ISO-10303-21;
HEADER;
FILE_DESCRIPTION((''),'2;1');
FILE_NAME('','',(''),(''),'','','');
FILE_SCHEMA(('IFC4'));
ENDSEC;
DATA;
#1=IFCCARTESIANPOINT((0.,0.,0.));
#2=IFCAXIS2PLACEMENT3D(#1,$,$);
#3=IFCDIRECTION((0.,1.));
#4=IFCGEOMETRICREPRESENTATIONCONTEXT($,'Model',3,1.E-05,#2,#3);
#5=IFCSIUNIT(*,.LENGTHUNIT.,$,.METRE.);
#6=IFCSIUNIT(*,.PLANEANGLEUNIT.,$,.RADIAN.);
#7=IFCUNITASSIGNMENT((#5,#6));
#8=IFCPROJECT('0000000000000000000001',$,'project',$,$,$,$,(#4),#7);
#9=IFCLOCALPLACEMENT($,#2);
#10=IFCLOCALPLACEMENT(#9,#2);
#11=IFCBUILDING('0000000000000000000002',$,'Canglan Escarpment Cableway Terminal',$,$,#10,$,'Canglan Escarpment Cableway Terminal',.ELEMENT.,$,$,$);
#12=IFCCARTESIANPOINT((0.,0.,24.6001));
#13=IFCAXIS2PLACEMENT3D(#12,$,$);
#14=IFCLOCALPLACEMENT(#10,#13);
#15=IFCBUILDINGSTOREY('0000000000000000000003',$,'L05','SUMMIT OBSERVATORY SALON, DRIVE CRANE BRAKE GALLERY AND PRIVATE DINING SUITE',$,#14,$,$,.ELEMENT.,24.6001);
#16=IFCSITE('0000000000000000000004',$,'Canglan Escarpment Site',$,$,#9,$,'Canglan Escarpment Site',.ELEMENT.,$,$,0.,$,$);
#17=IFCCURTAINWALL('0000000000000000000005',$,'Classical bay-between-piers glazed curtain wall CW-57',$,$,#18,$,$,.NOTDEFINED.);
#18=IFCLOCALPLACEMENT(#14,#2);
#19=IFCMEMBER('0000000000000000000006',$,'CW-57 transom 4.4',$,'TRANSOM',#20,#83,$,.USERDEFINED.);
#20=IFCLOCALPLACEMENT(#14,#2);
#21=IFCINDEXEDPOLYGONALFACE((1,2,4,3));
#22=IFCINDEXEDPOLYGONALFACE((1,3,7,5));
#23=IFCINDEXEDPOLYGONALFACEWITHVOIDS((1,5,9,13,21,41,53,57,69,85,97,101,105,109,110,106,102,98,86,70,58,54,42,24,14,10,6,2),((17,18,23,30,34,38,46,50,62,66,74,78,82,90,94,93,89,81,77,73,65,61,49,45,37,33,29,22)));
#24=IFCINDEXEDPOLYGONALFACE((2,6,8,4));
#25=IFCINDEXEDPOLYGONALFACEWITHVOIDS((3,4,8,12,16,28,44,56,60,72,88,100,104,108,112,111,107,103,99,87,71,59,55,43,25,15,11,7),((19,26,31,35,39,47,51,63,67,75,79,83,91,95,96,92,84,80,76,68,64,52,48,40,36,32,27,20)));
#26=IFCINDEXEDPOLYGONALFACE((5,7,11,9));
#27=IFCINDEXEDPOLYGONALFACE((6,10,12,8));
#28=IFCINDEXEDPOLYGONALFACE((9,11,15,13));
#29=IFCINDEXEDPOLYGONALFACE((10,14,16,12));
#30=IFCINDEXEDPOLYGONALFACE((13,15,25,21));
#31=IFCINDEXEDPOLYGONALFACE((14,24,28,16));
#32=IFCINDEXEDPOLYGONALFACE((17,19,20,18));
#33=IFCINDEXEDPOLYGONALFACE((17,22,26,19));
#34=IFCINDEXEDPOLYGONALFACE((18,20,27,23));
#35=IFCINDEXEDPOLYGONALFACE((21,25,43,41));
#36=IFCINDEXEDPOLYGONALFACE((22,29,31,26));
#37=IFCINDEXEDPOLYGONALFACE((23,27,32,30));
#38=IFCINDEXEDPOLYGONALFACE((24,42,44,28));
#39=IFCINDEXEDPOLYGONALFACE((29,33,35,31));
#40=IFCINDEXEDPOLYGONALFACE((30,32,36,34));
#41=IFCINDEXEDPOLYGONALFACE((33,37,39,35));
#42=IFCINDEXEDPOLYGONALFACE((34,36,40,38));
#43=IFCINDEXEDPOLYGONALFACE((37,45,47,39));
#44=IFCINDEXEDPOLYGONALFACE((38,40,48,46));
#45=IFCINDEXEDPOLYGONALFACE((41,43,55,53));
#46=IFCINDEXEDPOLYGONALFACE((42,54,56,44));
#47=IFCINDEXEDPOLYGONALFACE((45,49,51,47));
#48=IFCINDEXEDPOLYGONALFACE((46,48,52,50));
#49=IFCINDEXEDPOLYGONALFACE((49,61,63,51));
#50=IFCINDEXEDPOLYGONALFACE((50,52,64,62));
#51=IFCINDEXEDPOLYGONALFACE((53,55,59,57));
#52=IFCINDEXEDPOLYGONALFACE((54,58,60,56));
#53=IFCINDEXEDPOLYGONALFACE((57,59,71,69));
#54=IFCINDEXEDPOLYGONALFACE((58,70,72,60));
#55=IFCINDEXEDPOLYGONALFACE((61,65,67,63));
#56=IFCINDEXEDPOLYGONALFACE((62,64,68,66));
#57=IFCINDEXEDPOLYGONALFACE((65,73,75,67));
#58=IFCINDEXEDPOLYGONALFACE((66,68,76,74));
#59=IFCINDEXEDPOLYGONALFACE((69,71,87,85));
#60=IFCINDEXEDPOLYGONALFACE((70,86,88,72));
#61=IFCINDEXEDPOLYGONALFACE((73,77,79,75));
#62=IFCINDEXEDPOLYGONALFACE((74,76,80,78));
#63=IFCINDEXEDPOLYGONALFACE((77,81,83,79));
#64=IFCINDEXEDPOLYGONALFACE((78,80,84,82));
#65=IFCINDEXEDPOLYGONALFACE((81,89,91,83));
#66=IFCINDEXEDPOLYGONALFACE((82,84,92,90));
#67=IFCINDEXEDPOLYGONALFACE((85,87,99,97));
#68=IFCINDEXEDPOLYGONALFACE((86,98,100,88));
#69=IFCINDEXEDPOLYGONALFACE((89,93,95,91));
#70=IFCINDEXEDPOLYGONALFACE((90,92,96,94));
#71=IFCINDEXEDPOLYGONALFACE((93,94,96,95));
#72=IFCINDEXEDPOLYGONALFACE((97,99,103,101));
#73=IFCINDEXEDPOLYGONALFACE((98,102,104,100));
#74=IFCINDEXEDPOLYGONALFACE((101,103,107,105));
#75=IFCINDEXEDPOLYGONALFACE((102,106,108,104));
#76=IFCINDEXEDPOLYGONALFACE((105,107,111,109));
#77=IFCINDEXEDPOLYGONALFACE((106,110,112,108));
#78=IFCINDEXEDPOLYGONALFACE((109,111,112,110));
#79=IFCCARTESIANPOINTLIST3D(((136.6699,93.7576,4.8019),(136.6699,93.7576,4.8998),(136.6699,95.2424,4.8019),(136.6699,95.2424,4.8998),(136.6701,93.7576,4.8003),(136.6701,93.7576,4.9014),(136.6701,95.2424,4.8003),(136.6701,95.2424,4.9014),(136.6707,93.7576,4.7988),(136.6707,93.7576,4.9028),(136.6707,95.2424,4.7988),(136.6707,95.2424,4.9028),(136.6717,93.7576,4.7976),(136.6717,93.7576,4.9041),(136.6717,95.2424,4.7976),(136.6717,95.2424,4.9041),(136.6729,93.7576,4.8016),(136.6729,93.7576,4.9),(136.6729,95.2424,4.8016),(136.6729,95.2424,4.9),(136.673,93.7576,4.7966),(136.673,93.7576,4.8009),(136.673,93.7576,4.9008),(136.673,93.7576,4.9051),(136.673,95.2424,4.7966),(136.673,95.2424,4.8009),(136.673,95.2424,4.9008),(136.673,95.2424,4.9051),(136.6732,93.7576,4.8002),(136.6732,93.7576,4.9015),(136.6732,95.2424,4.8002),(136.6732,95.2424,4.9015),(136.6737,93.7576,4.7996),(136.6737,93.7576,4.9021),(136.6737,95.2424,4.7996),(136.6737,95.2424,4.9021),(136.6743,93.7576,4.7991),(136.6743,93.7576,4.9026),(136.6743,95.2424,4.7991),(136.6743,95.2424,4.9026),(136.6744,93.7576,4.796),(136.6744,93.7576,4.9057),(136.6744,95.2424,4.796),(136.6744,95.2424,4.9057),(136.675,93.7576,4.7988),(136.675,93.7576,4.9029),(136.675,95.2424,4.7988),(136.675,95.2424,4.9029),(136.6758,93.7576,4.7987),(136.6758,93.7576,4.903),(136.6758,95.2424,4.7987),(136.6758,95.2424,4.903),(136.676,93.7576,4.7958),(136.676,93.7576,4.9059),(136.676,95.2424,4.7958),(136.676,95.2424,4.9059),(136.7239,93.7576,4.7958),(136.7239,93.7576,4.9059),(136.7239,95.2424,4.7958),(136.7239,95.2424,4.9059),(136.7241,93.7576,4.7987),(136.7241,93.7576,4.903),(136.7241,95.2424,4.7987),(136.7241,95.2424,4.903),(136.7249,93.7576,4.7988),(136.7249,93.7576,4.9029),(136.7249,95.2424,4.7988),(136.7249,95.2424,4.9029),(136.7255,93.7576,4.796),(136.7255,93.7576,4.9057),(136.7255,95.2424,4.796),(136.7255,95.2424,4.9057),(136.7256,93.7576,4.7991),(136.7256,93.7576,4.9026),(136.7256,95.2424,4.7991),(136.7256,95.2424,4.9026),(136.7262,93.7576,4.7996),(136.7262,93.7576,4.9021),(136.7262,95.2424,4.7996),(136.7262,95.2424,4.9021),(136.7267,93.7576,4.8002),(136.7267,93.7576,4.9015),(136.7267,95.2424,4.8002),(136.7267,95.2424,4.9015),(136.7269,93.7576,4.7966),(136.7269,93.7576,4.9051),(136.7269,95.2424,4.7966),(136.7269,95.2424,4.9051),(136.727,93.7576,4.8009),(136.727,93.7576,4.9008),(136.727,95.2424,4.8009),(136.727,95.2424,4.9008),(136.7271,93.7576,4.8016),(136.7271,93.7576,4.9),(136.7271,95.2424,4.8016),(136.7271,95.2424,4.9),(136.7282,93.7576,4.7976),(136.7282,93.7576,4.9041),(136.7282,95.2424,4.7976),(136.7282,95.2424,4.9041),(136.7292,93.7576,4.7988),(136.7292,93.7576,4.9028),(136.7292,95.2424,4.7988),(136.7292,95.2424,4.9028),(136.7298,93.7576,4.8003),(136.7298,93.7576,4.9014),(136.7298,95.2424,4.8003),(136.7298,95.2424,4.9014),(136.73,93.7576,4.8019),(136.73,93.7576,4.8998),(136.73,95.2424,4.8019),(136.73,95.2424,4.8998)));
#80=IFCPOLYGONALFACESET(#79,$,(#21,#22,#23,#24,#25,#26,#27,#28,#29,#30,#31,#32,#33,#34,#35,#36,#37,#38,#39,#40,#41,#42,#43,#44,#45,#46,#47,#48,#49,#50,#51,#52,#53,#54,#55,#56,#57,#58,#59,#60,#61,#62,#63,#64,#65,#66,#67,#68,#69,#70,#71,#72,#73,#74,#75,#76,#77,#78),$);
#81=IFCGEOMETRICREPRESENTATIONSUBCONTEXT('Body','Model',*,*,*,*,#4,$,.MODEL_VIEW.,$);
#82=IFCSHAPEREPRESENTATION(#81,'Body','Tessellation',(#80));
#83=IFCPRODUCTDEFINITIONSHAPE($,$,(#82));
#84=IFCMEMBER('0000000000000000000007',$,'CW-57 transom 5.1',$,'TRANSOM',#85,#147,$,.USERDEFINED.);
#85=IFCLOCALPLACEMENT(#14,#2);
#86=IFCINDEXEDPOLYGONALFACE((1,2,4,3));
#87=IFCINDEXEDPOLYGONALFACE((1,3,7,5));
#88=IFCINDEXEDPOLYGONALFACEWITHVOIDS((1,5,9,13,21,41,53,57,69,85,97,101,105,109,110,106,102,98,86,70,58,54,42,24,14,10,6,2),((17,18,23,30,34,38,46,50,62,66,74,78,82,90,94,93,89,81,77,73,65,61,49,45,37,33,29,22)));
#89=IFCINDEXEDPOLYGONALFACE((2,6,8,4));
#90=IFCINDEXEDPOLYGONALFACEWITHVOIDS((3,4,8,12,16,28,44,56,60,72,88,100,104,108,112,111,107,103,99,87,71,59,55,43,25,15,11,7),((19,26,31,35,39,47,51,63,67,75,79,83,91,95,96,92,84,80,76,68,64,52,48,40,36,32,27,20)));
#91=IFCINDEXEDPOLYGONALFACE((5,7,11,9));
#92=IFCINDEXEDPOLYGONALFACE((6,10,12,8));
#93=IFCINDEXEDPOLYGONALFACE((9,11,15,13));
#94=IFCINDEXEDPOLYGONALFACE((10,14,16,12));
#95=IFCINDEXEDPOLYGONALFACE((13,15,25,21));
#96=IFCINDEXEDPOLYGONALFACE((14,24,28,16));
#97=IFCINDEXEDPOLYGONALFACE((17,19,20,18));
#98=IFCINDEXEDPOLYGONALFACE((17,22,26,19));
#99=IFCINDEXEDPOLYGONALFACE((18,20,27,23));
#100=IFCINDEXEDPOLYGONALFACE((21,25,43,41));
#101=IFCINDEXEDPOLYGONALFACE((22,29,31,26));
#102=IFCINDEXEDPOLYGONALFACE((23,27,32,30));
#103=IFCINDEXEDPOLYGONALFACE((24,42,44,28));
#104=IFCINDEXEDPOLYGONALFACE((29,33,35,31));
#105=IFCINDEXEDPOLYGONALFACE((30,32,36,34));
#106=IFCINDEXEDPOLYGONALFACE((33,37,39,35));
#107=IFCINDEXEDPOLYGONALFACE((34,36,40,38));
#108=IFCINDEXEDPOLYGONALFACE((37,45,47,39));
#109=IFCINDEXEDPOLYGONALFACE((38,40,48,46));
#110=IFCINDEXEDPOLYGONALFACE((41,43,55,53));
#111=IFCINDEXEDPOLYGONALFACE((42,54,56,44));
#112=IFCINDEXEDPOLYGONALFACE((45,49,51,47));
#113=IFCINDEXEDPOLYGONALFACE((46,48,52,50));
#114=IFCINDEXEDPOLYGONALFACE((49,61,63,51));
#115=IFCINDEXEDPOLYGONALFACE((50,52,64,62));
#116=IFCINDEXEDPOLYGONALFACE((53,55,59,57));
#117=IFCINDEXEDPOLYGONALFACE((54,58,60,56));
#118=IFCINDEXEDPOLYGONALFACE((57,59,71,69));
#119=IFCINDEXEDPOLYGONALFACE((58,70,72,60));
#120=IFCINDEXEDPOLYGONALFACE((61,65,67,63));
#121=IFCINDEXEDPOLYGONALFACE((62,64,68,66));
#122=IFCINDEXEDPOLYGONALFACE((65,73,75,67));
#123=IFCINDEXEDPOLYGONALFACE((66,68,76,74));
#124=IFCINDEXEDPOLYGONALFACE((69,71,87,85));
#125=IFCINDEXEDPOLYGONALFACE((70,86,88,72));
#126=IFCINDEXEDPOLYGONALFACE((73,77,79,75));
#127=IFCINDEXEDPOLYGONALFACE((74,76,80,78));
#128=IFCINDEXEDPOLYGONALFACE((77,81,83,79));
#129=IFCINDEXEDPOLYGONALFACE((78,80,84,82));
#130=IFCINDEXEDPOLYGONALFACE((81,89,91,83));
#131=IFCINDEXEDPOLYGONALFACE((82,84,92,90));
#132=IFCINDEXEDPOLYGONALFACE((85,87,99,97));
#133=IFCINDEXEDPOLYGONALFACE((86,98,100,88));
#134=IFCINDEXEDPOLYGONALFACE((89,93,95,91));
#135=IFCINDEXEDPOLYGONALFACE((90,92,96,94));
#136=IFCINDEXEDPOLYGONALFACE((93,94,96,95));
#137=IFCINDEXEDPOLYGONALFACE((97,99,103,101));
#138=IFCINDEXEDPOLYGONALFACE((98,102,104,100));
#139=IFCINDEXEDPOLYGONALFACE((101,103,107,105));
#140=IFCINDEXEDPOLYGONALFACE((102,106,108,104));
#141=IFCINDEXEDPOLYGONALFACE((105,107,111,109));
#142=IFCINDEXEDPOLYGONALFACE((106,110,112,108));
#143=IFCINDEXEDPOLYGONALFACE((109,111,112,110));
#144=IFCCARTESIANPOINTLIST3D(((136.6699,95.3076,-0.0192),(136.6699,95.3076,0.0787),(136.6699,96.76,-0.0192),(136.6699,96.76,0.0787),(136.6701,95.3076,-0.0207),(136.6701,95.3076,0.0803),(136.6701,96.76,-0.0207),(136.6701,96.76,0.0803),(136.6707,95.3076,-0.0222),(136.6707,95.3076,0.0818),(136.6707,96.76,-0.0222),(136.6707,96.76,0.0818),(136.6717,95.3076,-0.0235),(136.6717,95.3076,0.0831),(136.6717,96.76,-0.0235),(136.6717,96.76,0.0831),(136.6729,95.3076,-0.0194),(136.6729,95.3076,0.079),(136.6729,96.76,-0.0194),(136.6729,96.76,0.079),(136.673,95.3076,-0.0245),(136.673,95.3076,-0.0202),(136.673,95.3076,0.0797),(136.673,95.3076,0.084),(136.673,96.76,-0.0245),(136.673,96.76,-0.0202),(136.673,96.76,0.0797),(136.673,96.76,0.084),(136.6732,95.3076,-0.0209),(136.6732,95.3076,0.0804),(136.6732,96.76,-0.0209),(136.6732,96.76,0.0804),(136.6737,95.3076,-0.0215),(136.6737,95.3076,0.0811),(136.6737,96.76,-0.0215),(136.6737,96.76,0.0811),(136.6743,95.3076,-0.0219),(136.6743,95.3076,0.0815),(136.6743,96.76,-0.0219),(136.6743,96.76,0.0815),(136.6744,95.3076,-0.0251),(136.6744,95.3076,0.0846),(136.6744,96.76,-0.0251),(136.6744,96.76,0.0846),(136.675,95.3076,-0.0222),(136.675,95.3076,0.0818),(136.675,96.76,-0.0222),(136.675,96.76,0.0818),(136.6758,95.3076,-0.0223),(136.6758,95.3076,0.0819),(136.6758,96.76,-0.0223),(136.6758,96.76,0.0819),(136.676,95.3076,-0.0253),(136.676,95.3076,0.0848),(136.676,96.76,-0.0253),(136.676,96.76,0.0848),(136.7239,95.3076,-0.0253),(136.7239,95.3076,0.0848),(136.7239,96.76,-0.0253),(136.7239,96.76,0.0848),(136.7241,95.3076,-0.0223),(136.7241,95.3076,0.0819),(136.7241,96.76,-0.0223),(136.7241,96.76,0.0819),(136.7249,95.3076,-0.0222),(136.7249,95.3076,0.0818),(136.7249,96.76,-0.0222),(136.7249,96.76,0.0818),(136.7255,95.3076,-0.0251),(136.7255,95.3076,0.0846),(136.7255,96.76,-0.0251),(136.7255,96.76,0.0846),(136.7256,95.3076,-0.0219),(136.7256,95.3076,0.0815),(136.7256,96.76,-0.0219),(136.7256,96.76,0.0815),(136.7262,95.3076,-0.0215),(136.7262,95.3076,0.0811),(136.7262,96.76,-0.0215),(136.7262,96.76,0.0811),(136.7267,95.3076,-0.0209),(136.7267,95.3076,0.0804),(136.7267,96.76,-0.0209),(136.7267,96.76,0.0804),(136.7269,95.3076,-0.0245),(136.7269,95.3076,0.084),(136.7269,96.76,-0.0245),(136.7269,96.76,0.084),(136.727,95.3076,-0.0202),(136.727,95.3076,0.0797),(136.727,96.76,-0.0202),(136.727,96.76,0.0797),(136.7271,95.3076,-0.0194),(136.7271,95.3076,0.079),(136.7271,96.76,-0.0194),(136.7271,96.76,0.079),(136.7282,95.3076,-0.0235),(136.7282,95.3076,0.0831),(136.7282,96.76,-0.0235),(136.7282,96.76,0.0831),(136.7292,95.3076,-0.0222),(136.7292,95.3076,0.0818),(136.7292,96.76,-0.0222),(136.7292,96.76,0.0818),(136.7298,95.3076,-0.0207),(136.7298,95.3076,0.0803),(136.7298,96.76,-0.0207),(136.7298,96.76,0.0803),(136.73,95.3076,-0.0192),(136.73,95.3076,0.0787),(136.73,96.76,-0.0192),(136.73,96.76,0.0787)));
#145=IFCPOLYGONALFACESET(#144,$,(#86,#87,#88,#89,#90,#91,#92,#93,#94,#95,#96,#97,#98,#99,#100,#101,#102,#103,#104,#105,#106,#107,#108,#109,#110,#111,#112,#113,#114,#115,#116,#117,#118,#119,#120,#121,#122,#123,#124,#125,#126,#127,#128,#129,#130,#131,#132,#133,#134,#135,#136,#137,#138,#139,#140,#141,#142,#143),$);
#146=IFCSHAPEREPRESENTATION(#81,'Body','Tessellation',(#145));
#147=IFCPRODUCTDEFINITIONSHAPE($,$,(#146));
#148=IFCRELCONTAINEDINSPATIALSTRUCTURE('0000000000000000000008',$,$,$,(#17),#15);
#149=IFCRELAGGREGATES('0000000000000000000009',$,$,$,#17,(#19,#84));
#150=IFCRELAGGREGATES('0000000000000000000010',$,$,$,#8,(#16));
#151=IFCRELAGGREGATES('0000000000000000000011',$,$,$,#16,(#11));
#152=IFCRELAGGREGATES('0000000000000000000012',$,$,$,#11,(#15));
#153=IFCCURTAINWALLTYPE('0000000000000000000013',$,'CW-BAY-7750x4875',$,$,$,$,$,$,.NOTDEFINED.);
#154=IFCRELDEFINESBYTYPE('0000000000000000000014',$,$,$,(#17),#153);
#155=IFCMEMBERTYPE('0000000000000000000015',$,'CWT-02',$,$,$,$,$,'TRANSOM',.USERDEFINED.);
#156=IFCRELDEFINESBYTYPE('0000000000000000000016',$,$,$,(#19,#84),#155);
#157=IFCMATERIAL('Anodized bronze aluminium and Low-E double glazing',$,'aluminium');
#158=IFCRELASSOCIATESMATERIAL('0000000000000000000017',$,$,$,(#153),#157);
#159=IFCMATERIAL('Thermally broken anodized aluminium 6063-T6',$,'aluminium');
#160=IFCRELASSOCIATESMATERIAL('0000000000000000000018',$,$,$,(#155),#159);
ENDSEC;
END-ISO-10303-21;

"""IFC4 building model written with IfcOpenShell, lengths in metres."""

from ifc_helpers import new_model, si_unit, direction, frame, origin, origin_2d, place, context, subcontext, project, spatial, hollow_rectangle, extrude, material, material_profile, profile_set, type_object, element, aggregate, save


model = new_model("IFC4")

# Units and contexts
model_context = context("Model", 3, precision=1e-05, world=origin(), true_north=direction((0.0, 1.0)))
body_context = subcontext(model_context, "Body", "Model", "MODEL_VIEW")
ifc_project = project(units=[si_unit("LENGTHUNIT", "METRE"), si_unit("PLANEANGLEUNIT", "RADIAN")], contexts=[model_context])

# Site, building, storey
site_placement = place(None, origin())
site = spatial("IfcSite", under=ifc_project, at=site_placement, Name="Canglan Escarpment Site", LongName="Canglan Escarpment Site", CompositionType="ELEMENT", RefElevation=0.0)
building_placement = place(site_placement, origin())
building = spatial("IfcBuilding", under=site, at=building_placement, Name="Canglan Escarpment Cableway Terminal", LongName="Canglan Escarpment Cableway Terminal", CompositionType="ELEMENT")
storey_placement = place(building_placement, frame((0.0, 0.0, 24.6001)))
storey = spatial("IfcBuildingStorey", under=building, at=storey_placement, Name="L05", Description="SUMMIT OBSERVATORY SALON, DRIVE CRANE BRAKE GALLERY AND PRIVATE DINING SUITE", CompositionType="ELEMENT", Elevation=24.6001)

# Shared definitions
ifc_material_1 = material(Name="Anodized bronze aluminium and Low-E double glazing", Category="aluminium")
ifc_material_2 = material(Name="Thermally broken anodized aluminium 6063-T6", Category="aluminium")

# Curtain wall, members
curtain_wall_type_1 = type_object("IfcCurtainWallType", Name="CW-BAY-7750x4875", PredefinedType="NOTDEFINED", material=ifc_material_1)
curtain_wall_1_placement = place(storey_placement, origin())
curtain_wall_1 = element("IfcCurtainWall", 1, at=curtain_wall_1_placement, inside=storey, type_object=curtain_wall_type_1, Name="Classical bay-between-piers glazed curtain wall CW-57", PredefinedType="NOTDEFINED")
ifc_material_profile_1 = material_profile(ifc_material_2, hollow_rectangle(XDim=0.0601, YDim=0.1101, WallThickness=0.0029, InnerFilletRadius=0.0029, OuterFilletRadius=0.0061, at=origin_2d()), Name="ALU-TRAN 60x110x3")
ifc_profile_set_1 = profile_set([ifc_material_profile_1], Name="Thermally broken anodized aluminium 6063-T6")
member_type_1 = type_object("IfcMemberType", Name="CWT-02", ElementType="TRANSOM", PredefinedType="USERDEFINED", material=ifc_profile_set_1)
member_1_placement = place(storey_placement, frame((136.7, 93.7576, 4.8508), z_axis=(0.0, 1.0, 0.0), x_axis=(-1.0, 0.0, 0.0)))
member_1 = element("IfcMember", 2, at=member_1_placement, type_object=member_type_1, Name="CW-57 transom 4.4", ObjectType="TRANSOM", PredefinedType="USERDEFINED", context=body_context, shape_type="SweptSolid", body=[
    extrude(hollow_rectangle(XDim=0.0601, YDim=0.1101, WallThickness=0.0029, InnerFilletRadius=0.0029, OuterFilletRadius=0.0061, at=origin_2d()), origin(), (0.0, 0.0, 1.0), 1.4849),
])
member_2_placement = place(storey_placement, frame((136.7, 95.3076, 0.0298), z_axis=(0.0, 1.0, 0.0), x_axis=(-1.0, 0.0, 0.0)))
member_2 = element("IfcMember", 3, at=member_2_placement, type_object=member_type_1, Name="CW-57 transom 5.1", ObjectType="TRANSOM", PredefinedType="USERDEFINED", context=body_context, shape_type="SweptSolid", body=[
    extrude(hollow_rectangle(XDim=0.0601, YDim=0.1101, WallThickness=0.0029, InnerFilletRadius=0.0029, OuterFilletRadius=0.0061, at=origin_2d()), origin(), (0.0, 0.0, 1.0), 1.4524),
])

aggregate(curtain_wall_1, [member_1, member_2])

save(model, "model.ifc")
